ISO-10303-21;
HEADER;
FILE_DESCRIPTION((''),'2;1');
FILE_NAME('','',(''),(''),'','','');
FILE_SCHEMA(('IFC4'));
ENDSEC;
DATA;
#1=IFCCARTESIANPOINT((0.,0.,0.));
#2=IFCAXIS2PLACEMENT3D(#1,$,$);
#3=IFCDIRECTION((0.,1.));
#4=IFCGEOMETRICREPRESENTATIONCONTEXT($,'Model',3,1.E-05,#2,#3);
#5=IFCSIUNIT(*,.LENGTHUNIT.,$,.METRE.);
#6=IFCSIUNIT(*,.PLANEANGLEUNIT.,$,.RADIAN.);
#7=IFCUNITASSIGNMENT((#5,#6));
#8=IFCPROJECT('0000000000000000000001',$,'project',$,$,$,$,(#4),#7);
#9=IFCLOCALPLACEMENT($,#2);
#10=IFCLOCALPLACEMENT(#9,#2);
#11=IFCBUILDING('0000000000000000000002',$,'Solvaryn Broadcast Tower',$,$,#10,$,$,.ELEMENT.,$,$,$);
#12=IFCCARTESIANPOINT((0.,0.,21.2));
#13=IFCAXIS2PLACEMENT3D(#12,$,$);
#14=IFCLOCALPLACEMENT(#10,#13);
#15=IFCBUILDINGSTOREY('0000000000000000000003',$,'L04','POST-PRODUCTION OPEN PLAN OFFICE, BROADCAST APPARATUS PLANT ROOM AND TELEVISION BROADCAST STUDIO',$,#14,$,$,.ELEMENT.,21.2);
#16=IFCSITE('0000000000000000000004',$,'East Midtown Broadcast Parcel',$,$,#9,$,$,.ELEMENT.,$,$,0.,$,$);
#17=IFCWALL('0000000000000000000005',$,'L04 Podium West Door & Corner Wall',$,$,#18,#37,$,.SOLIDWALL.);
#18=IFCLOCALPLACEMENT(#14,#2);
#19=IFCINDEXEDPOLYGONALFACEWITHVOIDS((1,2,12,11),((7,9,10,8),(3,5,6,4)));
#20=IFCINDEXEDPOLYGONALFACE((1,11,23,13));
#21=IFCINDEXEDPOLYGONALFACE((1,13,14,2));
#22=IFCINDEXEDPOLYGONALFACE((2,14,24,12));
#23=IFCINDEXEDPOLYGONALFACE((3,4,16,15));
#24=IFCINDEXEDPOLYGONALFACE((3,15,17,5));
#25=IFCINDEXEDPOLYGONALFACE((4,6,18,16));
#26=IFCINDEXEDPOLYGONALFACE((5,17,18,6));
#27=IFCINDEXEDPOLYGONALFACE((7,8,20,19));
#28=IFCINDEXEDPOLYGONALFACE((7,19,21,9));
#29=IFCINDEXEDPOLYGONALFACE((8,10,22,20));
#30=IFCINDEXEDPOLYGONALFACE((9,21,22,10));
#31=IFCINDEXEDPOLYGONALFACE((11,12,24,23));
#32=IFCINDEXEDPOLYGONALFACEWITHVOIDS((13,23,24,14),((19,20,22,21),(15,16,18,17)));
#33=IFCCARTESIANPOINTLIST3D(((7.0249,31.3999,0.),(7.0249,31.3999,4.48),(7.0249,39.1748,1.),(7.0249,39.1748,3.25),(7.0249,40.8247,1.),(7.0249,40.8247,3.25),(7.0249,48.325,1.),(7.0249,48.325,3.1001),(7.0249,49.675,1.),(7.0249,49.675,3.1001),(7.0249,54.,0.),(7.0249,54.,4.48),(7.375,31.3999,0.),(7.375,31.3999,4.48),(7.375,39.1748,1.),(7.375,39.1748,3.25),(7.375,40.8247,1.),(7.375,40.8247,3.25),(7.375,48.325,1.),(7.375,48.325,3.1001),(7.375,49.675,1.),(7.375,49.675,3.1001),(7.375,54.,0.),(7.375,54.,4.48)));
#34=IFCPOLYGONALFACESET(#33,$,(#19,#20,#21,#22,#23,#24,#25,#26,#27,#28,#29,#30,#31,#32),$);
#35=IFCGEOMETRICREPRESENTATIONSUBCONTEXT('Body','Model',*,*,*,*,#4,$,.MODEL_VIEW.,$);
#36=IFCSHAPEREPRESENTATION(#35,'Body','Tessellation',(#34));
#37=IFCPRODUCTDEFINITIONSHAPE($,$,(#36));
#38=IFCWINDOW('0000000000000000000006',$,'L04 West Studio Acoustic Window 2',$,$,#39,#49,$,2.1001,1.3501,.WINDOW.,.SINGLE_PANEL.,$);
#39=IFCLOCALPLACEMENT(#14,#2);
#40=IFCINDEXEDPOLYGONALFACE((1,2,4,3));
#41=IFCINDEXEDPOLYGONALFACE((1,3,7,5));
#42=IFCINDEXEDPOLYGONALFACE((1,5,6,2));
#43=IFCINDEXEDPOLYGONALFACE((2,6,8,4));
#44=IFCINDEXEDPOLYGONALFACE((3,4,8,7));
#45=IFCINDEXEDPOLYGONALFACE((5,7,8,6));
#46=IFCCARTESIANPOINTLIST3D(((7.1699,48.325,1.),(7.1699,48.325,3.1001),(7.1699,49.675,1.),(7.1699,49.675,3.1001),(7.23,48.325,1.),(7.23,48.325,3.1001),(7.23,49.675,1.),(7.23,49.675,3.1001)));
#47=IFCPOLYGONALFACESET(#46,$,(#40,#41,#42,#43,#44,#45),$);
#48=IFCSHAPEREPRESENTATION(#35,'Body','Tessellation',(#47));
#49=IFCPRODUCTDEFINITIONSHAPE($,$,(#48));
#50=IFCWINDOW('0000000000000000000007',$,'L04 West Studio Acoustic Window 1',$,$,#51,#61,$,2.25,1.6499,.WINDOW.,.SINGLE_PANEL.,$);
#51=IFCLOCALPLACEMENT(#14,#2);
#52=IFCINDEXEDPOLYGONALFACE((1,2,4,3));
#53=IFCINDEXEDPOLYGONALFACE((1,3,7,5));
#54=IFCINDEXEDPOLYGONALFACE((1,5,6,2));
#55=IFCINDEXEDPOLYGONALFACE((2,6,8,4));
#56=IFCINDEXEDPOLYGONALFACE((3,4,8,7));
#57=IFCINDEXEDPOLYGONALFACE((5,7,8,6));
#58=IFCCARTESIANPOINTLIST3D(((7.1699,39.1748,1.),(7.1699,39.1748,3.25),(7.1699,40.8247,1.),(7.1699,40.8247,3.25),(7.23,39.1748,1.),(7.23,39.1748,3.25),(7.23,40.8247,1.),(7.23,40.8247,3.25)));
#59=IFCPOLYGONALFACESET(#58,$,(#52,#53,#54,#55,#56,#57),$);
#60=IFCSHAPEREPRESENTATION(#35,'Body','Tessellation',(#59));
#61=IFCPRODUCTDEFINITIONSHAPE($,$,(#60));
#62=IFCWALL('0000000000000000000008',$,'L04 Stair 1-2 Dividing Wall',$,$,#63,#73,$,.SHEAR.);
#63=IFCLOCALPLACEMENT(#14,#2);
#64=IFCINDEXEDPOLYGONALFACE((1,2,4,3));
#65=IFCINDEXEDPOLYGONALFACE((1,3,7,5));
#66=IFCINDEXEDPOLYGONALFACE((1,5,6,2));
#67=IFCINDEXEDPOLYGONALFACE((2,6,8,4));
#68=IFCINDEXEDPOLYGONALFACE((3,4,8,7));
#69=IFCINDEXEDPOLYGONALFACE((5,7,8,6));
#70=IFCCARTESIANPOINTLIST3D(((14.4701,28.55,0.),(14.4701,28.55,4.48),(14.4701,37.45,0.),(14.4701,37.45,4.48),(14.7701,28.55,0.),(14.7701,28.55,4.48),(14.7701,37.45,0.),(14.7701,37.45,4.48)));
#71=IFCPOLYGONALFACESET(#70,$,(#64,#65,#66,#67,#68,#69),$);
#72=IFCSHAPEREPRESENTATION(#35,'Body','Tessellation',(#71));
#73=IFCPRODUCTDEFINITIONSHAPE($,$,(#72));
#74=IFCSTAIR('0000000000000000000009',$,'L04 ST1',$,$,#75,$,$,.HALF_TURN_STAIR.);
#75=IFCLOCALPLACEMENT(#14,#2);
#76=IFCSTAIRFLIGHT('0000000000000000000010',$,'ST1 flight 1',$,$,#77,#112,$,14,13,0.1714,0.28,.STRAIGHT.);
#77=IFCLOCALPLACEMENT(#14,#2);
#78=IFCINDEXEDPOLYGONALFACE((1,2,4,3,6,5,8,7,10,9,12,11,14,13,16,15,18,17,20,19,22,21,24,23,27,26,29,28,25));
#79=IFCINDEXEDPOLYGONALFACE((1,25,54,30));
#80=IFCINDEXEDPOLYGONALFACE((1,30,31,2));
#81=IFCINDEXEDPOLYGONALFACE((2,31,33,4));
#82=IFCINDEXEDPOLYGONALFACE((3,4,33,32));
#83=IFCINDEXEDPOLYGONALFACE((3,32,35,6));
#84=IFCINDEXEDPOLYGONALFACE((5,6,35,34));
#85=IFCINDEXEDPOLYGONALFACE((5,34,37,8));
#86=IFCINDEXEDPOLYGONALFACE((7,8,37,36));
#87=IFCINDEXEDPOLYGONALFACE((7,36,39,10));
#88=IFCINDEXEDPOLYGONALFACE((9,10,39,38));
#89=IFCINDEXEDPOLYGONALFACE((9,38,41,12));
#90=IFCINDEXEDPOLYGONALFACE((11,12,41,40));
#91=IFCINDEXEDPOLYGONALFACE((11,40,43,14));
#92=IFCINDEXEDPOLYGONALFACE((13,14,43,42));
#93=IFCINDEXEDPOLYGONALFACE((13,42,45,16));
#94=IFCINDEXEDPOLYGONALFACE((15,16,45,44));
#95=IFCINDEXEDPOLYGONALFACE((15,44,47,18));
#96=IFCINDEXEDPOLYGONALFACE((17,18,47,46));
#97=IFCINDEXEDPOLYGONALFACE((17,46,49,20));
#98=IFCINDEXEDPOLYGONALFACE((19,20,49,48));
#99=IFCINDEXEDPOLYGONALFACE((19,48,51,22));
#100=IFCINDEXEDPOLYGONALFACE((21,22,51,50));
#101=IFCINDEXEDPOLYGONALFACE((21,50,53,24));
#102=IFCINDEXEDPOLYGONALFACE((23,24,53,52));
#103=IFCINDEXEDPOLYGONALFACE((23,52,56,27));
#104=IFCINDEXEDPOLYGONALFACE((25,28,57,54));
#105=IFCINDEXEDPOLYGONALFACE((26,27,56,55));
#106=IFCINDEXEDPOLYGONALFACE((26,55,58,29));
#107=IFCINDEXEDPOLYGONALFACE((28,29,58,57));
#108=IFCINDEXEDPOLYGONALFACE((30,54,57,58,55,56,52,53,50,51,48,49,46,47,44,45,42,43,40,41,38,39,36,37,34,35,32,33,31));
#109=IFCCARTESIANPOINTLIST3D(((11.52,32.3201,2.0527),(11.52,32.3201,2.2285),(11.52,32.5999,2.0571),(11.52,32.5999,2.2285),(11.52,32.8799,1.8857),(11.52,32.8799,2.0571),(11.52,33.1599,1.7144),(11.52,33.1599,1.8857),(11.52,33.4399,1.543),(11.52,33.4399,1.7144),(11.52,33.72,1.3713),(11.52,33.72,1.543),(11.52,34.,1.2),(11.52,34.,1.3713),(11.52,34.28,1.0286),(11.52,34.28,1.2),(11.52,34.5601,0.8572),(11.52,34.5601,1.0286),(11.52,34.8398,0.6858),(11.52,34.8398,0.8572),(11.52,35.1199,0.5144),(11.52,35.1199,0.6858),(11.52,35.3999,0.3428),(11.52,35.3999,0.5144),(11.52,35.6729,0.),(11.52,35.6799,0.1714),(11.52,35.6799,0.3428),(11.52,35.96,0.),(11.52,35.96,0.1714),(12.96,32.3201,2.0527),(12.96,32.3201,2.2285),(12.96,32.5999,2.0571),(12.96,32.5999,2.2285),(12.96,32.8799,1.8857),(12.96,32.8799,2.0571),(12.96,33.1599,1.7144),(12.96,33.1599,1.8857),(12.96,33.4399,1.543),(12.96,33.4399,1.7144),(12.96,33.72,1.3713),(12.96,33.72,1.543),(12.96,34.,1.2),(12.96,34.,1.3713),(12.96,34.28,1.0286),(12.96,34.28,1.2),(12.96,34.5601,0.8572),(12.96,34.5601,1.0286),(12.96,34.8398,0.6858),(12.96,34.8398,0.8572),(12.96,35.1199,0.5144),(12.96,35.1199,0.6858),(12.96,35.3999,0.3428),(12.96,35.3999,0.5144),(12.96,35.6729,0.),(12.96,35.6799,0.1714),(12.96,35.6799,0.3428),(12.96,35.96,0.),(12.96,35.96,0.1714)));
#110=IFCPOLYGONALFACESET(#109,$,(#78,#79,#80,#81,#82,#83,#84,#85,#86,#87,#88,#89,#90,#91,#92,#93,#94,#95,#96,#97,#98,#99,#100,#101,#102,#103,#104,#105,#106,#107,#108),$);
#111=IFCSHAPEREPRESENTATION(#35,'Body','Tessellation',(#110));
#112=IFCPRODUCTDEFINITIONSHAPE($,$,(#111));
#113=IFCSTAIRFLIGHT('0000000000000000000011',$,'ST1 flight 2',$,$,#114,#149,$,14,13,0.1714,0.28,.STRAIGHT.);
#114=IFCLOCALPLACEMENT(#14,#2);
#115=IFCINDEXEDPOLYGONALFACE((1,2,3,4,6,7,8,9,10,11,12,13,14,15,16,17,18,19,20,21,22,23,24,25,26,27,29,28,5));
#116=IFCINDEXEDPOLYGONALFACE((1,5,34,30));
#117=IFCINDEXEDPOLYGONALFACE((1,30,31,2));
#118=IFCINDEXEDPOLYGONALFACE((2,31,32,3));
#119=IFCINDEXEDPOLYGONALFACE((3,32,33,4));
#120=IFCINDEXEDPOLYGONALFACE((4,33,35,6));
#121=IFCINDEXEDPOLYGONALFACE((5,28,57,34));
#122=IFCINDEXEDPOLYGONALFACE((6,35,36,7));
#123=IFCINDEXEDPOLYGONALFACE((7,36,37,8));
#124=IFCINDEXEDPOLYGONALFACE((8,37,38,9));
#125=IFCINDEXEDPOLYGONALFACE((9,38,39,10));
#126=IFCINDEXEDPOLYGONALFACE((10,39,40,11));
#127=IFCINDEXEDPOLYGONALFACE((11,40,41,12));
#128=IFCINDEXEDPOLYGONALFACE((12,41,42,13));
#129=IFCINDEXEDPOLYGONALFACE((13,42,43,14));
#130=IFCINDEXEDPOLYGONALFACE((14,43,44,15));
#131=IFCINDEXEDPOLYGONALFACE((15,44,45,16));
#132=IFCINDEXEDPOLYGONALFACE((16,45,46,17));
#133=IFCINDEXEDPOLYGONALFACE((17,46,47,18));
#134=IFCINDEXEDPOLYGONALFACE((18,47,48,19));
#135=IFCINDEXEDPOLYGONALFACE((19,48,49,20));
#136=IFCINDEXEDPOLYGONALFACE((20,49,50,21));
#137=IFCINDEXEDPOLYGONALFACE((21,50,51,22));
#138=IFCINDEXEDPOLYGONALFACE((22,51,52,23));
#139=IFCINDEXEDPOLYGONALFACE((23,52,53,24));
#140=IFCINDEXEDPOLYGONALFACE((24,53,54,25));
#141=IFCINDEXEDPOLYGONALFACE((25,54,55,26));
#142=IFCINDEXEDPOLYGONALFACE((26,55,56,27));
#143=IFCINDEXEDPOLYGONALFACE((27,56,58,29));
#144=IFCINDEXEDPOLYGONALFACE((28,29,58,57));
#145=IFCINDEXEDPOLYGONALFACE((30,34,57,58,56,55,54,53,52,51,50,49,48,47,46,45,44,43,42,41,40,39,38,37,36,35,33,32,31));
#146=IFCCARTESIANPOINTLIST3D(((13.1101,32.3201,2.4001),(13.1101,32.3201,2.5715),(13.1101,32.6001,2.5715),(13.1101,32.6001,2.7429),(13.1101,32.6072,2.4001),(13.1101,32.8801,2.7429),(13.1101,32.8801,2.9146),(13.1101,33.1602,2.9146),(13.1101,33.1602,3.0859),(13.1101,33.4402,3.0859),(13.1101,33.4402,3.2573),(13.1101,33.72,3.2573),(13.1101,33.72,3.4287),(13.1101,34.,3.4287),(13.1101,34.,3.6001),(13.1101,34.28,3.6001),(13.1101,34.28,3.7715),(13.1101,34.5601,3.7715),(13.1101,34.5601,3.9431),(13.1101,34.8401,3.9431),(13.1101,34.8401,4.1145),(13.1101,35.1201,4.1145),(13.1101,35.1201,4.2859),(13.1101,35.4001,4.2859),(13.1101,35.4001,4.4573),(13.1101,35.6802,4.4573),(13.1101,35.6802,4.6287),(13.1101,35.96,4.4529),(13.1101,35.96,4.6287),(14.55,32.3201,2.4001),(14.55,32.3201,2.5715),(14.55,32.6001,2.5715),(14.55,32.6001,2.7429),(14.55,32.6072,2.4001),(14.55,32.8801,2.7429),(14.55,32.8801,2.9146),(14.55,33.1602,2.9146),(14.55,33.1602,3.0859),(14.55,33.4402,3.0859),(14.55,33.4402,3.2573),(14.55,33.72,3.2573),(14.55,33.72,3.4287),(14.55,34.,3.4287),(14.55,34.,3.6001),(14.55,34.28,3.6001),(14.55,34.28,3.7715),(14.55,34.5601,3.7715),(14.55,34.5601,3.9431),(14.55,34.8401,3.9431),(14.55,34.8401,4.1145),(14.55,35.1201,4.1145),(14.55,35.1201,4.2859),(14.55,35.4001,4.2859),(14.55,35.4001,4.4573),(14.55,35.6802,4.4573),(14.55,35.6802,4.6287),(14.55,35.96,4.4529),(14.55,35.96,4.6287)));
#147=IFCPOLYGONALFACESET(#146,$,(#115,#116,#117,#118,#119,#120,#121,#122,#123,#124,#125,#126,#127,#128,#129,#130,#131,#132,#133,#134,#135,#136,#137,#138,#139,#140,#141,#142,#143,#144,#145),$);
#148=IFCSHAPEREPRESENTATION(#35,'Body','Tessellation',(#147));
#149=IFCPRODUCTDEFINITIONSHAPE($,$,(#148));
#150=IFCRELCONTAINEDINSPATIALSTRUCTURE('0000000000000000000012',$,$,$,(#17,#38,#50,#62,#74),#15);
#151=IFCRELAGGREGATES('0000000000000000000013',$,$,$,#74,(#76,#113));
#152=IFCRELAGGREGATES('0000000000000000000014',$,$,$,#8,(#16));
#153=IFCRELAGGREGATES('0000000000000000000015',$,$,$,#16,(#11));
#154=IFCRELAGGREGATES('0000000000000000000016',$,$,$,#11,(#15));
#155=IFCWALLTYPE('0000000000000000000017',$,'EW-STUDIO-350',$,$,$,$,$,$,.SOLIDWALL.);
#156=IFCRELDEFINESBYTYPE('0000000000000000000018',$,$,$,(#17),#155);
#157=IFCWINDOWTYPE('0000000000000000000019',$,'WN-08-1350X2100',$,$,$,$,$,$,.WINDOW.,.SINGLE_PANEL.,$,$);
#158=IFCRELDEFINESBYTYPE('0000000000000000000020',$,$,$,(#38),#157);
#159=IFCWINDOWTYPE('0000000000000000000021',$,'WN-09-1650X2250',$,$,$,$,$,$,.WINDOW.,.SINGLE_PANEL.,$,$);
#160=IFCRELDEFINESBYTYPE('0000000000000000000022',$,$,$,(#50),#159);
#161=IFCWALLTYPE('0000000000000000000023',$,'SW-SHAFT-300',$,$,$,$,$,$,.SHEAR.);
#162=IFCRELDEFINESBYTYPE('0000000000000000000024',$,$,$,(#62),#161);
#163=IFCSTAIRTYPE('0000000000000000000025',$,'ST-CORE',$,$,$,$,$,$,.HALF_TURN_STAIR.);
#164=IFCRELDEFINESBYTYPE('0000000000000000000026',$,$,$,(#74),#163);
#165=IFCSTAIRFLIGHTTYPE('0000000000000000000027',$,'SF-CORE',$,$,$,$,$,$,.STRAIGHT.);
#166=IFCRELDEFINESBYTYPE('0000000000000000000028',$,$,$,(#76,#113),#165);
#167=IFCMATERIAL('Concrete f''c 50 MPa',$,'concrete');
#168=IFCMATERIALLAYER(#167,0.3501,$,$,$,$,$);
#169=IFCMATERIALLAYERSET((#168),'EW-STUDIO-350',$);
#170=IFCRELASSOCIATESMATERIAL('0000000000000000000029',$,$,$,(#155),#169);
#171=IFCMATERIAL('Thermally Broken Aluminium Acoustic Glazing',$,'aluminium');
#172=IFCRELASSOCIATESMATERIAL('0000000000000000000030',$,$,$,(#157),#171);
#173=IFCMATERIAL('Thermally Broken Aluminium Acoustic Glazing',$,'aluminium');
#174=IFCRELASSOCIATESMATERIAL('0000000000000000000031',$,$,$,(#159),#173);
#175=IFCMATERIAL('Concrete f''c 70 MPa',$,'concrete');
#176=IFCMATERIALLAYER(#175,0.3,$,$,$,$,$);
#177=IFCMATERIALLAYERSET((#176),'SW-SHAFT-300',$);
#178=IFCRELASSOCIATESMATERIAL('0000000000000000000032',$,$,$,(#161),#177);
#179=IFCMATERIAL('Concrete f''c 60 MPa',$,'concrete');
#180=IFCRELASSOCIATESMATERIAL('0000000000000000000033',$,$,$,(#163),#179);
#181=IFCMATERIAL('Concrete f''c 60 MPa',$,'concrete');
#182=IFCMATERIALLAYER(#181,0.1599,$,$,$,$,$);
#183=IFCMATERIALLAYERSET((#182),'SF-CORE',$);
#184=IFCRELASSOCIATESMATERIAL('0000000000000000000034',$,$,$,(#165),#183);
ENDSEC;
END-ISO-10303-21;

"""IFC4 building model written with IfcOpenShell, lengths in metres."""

from ifc_helpers import new_model, si_unit, direction, frame, frame_2d, origin, place, context, subcontext, project, spatial, polyline, rectangle, outline, extrude, material, layer, layer_set, type_object, element, fill, aggregate, save


model = new_model("IFC4")

# Units and contexts
model_context = context("Model", 3, precision=1e-05, world=origin(), true_north=direction((0.0, 1.0)))
body_context = subcontext(model_context, "Body", "Model", "MODEL_VIEW")
ifc_project = project(units=[si_unit("LENGTHUNIT", "METRE"), si_unit("PLANEANGLEUNIT", "RADIAN")], contexts=[model_context])

# Site, building, storey
site_placement = place(None, origin())
site = spatial("IfcSite", under=ifc_project, at=site_placement, Name="East Midtown Broadcast Parcel", CompositionType="ELEMENT", RefElevation=0.0)
building_placement = place(site_placement, origin())
building = spatial("IfcBuilding", under=site, at=building_placement, Name="Solvaryn Broadcast Tower", CompositionType="ELEMENT")
storey_placement = place(building_placement, frame((0.0, 0.0, 21.2)))
storey = spatial("IfcBuildingStorey", under=building, at=storey_placement, Name="L04", Description="POST-PRODUCTION OPEN PLAN OFFICE, BROADCAST APPARATUS PLANT ROOM AND TELEVISION BROADCAST STUDIO", CompositionType="ELEMENT", Elevation=21.2)

# Wall, openings, windows
ifc_material_1 = material(Name="Concrete f'c 50 MPa", Category="concrete")
ifc_layer_1 = layer(ifc_material_1, 0.3501)
ifc_layer_set_1 = layer_set([ifc_layer_1], Name="EW-STUDIO-350")
wall_type_1 = type_object("IfcWallType", Name="EW-STUDIO-350", PredefinedType="SOLIDWALL", material=ifc_layer_set_1)
wall_1_placement = place(storey_placement, frame((7.2, 31.3999, 0.0), z_axis=(0.0, 0.0, 1.0), x_axis=(0.0, 1.0, 0.0)))
wall_1 = element("IfcWall", 1, at=wall_1_placement, inside=storey, type_object=wall_type_1, Name="L04 Podium West Door & Corner Wall", PredefinedType="SOLIDWALL", context=body_context, shape_type="SweptSolid", body=[
    extrude(rectangle(XDim=22.6001, YDim=0.3501, at=frame_2d((11.3, 0.0))), origin(), (0.0, 0.0, 1.0), 4.48),
])
opening_1_placement = place(wall_1_placement, frame((7.7749, 0.0, 1.0)))
opening_1 = element("IfcOpeningElement", 2, at=opening_1_placement, cuts=wall_1, PredefinedType="OPENING", context=body_context, shape_type="SweptSolid", body=[
    extrude(rectangle(XDim=1.6499, YDim=2.25, at=frame_2d((0.825, 1.125))), frame((0.0, 0.1851, 0.0), z_axis=(0.0, -1.0, 0.0), x_axis=(1.0, 0.0, 0.0)), (0.0, 0.0, 1.0), 0.3701),
])
opening_2_placement = place(wall_1_placement, frame((16.925, 0.0, 1.0)))
opening_2 = element("IfcOpeningElement", 3, at=opening_2_placement, cuts=wall_1, PredefinedType="OPENING", context=body_context, shape_type="SweptSolid", body=[
    extrude(rectangle(XDim=1.3501, YDim=2.1001, at=frame_2d((0.675, 1.05))), frame((0.0, 0.1851, 0.0), z_axis=(0.0, -1.0, 0.0), x_axis=(1.0, 0.0, 0.0)), (0.0, 0.0, 1.0), 0.3701),
])
ifc_material_2 = material(Name="Thermally Broken Aluminium Acoustic Glazing", Category="aluminium")
window_type_1 = type_object("IfcWindowType", Name="WN-08-1350X2100", PartitioningType="SINGLE_PANEL", PredefinedType="WINDOW", material=ifc_material_2)
window_1_placement = place(opening_2_placement, origin())
window_1 = element("IfcWindow", 4, at=window_1_placement, inside=storey, type_object=window_type_1, Name="L04 West Studio Acoustic Window 2", OverallHeight=2.1001, OverallWidth=1.3501, PartitioningType="SINGLE_PANEL", PredefinedType="WINDOW", context=body_context, shape_type="SweptSolid", body=[
    extrude(rectangle(XDim=1.3501, YDim=2.1001, at=frame_2d((0.675, 1.05))), frame((0.0, 0.03, 0.0), z_axis=(0.0, -1.0, 0.0), x_axis=(1.0, 0.0, 0.0)), (0.0, 0.0, 1.0), 0.0601),
])
fill(opening_2, window_1)
ifc_material_3 = material(Name="Thermally Broken Aluminium Acoustic Glazing", Category="aluminium")
window_type_2 = type_object("IfcWindowType", Name="WN-09-1650X2250", PartitioningType="SINGLE_PANEL", PredefinedType="WINDOW", material=ifc_material_3)
window_2_placement = place(opening_1_placement, origin())
window_2 = element("IfcWindow", 5, at=window_2_placement, inside=storey, type_object=window_type_2, Name="L04 West Studio Acoustic Window 1", OverallHeight=2.25, OverallWidth=1.6499, PartitioningType="SINGLE_PANEL", PredefinedType="WINDOW", context=body_context, shape_type="SweptSolid", body=[
    extrude(rectangle(XDim=1.6499, YDim=2.25, at=frame_2d((0.825, 1.125))), frame((0.0, 0.03, 0.0), z_axis=(0.0, -1.0, 0.0), x_axis=(1.0, 0.0, 0.0)), (0.0, 0.0, 1.0), 0.0601),
])
fill(opening_1, window_2)

# Wall
ifc_material_4 = material(Name="Concrete f'c 70 MPa", Category="concrete")
ifc_layer_2 = layer(ifc_material_4, 0.3)
ifc_layer_set_2 = layer_set([ifc_layer_2], Name="SW-SHAFT-300")
wall_type_2 = type_object("IfcWallType", Name="SW-SHAFT-300", PredefinedType="SHEAR", material=ifc_layer_set_2)
wall_2_placement = place(storey_placement, frame((14.6201, 28.55, 0.0), z_axis=(0.0, 0.0, 1.0), x_axis=(0.0, 1.0, 0.0)))
element("IfcWall", 6, at=wall_2_placement, inside=storey, type_object=wall_type_2, Name="L04 Stair 1-2 Dividing Wall", PredefinedType="SHEAR", context=body_context, shape_type="SweptSolid", body=[
    extrude(rectangle(XDim=8.8999, YDim=0.3, at=frame_2d((4.45, 0.0))), origin(), (0.0, 0.0, 1.0), 4.48),
])

# Stair, stair flights
ifc_material_5 = material(Name="Concrete f'c 60 MPa", Category="concrete")
stair_type = type_object("IfcStairType", Name="ST-CORE", PredefinedType="HALF_TURN_STAIR", material=ifc_material_5)
stair_1_placement = place(storey_placement, origin())
stair_1 = element("IfcStair", 7, at=stair_1_placement, inside=storey, type_object=stair_type, Name="L04 ST1", PredefinedType="HALF_TURN_STAIR")
ifc_material_6 = material(Name="Concrete f'c 60 MPa", Category="concrete")
ifc_layer_3 = layer(ifc_material_6, 0.1599)
ifc_layer_set_3 = layer_set([ifc_layer_3], Name="SF-CORE")
stair_flight_type = type_object("IfcStairFlightType", Name="SF-CORE", PredefinedType="STRAIGHT", material=ifc_layer_set_3)
stair_flight_1_placement = place(storey_placement, frame((12.24, 35.96, 0.0), z_axis=(0.0, 0.0, 1.0), x_axis=(0.0, -1.0, 0.0)))
stair_flight_1 = element("IfcStairFlight", 8, at=stair_flight_1_placement, type_object=stair_flight_type, Name="ST1 flight 1", NumberOfRisers=14, NumberOfTreads=13, PredefinedType="STRAIGHT", RiserHeight=0.1714, TreadLength=0.28, context=body_context, shape_type="SweptSolid", body=[
    extrude(outline(polyline([(0.0, 0.0), (0.0, 0.1714), (0.28, 0.1714), (0.28, 0.3428), (0.5601, 0.3428), (0.5601, 0.5144), (0.8401, 0.5144), (0.8401, 0.6858), (1.1201, 0.6858), (1.1201, 0.8572), (1.3999, 0.8572), (1.3999, 1.0286), (1.6799, 1.0286), (1.6799, 1.2), (1.96, 1.2), (1.96, 1.3713), (2.24, 1.3713), (2.24, 1.543), (2.52, 1.543), (2.52, 1.7144), (2.8, 1.7144), (2.8, 1.8857), (3.0801, 1.8857), (3.0801, 2.0571), (3.3601, 2.0571), (3.3601, 2.2285), (3.6399, 2.2285), (3.6399, 2.3999), (3.6399, 2.0527), (0.2871, 0.0), (0.0, 0.0)])), frame((0.0, 0.72, 0.0), z_axis=(0.0, -1.0, 0.0), x_axis=(1.0, 0.0, 0.0)), (0.0, 0.0, 1.0), 1.4399),
])
stair_flight_2_placement = place(storey_placement, frame((13.8301, 32.3201, 2.4001), z_axis=(0.0, 0.0, 1.0), x_axis=(0.0, 1.0, 0.0)))
stair_flight_2 = element("IfcStairFlight", 9, at=stair_flight_2_placement, type_object=stair_flight_type, Name="ST1 flight 2", NumberOfRisers=14, NumberOfTreads=13, PredefinedType="STRAIGHT", RiserHeight=0.1714, TreadLength=0.28, context=body_context, shape_type="SweptSolid", body=[
    extrude(outline(polyline([(0.0, 0.0), (0.0, 0.1714), (0.28, 0.1714), (0.28, 0.3428), (0.5601, 0.3428), (0.5601, 0.5144), (0.8401, 0.5144), (0.8401, 0.6858), (1.1201, 0.6858), (1.1201, 0.8572), (1.3999, 0.8572), (1.3999, 1.0286), (1.6799, 1.0286), (1.6799, 1.2), (1.96, 1.2), (1.96, 1.3713), (2.24, 1.3713), (2.24, 1.543), (2.52, 1.543), (2.52, 1.7144), (2.8, 1.7144), (2.8, 1.8857), (3.0801, 1.8857), (3.0801, 2.0571), (3.3601, 2.0571), (3.3601, 2.2285), (3.6399, 2.2285), (3.6399, 2.3999), (3.6399, 2.0527), (0.2871, 0.0), (0.0, 0.0)])), frame((0.0, 0.72, 0.0), z_axis=(0.0, -1.0, 0.0), x_axis=(1.0, 0.0, 0.0)), (0.0, 0.0, 1.0), 1.4399),
])
aggregate(stair_1, [stair_flight_1, stair_flight_2])

save(model, "model.ifc")
